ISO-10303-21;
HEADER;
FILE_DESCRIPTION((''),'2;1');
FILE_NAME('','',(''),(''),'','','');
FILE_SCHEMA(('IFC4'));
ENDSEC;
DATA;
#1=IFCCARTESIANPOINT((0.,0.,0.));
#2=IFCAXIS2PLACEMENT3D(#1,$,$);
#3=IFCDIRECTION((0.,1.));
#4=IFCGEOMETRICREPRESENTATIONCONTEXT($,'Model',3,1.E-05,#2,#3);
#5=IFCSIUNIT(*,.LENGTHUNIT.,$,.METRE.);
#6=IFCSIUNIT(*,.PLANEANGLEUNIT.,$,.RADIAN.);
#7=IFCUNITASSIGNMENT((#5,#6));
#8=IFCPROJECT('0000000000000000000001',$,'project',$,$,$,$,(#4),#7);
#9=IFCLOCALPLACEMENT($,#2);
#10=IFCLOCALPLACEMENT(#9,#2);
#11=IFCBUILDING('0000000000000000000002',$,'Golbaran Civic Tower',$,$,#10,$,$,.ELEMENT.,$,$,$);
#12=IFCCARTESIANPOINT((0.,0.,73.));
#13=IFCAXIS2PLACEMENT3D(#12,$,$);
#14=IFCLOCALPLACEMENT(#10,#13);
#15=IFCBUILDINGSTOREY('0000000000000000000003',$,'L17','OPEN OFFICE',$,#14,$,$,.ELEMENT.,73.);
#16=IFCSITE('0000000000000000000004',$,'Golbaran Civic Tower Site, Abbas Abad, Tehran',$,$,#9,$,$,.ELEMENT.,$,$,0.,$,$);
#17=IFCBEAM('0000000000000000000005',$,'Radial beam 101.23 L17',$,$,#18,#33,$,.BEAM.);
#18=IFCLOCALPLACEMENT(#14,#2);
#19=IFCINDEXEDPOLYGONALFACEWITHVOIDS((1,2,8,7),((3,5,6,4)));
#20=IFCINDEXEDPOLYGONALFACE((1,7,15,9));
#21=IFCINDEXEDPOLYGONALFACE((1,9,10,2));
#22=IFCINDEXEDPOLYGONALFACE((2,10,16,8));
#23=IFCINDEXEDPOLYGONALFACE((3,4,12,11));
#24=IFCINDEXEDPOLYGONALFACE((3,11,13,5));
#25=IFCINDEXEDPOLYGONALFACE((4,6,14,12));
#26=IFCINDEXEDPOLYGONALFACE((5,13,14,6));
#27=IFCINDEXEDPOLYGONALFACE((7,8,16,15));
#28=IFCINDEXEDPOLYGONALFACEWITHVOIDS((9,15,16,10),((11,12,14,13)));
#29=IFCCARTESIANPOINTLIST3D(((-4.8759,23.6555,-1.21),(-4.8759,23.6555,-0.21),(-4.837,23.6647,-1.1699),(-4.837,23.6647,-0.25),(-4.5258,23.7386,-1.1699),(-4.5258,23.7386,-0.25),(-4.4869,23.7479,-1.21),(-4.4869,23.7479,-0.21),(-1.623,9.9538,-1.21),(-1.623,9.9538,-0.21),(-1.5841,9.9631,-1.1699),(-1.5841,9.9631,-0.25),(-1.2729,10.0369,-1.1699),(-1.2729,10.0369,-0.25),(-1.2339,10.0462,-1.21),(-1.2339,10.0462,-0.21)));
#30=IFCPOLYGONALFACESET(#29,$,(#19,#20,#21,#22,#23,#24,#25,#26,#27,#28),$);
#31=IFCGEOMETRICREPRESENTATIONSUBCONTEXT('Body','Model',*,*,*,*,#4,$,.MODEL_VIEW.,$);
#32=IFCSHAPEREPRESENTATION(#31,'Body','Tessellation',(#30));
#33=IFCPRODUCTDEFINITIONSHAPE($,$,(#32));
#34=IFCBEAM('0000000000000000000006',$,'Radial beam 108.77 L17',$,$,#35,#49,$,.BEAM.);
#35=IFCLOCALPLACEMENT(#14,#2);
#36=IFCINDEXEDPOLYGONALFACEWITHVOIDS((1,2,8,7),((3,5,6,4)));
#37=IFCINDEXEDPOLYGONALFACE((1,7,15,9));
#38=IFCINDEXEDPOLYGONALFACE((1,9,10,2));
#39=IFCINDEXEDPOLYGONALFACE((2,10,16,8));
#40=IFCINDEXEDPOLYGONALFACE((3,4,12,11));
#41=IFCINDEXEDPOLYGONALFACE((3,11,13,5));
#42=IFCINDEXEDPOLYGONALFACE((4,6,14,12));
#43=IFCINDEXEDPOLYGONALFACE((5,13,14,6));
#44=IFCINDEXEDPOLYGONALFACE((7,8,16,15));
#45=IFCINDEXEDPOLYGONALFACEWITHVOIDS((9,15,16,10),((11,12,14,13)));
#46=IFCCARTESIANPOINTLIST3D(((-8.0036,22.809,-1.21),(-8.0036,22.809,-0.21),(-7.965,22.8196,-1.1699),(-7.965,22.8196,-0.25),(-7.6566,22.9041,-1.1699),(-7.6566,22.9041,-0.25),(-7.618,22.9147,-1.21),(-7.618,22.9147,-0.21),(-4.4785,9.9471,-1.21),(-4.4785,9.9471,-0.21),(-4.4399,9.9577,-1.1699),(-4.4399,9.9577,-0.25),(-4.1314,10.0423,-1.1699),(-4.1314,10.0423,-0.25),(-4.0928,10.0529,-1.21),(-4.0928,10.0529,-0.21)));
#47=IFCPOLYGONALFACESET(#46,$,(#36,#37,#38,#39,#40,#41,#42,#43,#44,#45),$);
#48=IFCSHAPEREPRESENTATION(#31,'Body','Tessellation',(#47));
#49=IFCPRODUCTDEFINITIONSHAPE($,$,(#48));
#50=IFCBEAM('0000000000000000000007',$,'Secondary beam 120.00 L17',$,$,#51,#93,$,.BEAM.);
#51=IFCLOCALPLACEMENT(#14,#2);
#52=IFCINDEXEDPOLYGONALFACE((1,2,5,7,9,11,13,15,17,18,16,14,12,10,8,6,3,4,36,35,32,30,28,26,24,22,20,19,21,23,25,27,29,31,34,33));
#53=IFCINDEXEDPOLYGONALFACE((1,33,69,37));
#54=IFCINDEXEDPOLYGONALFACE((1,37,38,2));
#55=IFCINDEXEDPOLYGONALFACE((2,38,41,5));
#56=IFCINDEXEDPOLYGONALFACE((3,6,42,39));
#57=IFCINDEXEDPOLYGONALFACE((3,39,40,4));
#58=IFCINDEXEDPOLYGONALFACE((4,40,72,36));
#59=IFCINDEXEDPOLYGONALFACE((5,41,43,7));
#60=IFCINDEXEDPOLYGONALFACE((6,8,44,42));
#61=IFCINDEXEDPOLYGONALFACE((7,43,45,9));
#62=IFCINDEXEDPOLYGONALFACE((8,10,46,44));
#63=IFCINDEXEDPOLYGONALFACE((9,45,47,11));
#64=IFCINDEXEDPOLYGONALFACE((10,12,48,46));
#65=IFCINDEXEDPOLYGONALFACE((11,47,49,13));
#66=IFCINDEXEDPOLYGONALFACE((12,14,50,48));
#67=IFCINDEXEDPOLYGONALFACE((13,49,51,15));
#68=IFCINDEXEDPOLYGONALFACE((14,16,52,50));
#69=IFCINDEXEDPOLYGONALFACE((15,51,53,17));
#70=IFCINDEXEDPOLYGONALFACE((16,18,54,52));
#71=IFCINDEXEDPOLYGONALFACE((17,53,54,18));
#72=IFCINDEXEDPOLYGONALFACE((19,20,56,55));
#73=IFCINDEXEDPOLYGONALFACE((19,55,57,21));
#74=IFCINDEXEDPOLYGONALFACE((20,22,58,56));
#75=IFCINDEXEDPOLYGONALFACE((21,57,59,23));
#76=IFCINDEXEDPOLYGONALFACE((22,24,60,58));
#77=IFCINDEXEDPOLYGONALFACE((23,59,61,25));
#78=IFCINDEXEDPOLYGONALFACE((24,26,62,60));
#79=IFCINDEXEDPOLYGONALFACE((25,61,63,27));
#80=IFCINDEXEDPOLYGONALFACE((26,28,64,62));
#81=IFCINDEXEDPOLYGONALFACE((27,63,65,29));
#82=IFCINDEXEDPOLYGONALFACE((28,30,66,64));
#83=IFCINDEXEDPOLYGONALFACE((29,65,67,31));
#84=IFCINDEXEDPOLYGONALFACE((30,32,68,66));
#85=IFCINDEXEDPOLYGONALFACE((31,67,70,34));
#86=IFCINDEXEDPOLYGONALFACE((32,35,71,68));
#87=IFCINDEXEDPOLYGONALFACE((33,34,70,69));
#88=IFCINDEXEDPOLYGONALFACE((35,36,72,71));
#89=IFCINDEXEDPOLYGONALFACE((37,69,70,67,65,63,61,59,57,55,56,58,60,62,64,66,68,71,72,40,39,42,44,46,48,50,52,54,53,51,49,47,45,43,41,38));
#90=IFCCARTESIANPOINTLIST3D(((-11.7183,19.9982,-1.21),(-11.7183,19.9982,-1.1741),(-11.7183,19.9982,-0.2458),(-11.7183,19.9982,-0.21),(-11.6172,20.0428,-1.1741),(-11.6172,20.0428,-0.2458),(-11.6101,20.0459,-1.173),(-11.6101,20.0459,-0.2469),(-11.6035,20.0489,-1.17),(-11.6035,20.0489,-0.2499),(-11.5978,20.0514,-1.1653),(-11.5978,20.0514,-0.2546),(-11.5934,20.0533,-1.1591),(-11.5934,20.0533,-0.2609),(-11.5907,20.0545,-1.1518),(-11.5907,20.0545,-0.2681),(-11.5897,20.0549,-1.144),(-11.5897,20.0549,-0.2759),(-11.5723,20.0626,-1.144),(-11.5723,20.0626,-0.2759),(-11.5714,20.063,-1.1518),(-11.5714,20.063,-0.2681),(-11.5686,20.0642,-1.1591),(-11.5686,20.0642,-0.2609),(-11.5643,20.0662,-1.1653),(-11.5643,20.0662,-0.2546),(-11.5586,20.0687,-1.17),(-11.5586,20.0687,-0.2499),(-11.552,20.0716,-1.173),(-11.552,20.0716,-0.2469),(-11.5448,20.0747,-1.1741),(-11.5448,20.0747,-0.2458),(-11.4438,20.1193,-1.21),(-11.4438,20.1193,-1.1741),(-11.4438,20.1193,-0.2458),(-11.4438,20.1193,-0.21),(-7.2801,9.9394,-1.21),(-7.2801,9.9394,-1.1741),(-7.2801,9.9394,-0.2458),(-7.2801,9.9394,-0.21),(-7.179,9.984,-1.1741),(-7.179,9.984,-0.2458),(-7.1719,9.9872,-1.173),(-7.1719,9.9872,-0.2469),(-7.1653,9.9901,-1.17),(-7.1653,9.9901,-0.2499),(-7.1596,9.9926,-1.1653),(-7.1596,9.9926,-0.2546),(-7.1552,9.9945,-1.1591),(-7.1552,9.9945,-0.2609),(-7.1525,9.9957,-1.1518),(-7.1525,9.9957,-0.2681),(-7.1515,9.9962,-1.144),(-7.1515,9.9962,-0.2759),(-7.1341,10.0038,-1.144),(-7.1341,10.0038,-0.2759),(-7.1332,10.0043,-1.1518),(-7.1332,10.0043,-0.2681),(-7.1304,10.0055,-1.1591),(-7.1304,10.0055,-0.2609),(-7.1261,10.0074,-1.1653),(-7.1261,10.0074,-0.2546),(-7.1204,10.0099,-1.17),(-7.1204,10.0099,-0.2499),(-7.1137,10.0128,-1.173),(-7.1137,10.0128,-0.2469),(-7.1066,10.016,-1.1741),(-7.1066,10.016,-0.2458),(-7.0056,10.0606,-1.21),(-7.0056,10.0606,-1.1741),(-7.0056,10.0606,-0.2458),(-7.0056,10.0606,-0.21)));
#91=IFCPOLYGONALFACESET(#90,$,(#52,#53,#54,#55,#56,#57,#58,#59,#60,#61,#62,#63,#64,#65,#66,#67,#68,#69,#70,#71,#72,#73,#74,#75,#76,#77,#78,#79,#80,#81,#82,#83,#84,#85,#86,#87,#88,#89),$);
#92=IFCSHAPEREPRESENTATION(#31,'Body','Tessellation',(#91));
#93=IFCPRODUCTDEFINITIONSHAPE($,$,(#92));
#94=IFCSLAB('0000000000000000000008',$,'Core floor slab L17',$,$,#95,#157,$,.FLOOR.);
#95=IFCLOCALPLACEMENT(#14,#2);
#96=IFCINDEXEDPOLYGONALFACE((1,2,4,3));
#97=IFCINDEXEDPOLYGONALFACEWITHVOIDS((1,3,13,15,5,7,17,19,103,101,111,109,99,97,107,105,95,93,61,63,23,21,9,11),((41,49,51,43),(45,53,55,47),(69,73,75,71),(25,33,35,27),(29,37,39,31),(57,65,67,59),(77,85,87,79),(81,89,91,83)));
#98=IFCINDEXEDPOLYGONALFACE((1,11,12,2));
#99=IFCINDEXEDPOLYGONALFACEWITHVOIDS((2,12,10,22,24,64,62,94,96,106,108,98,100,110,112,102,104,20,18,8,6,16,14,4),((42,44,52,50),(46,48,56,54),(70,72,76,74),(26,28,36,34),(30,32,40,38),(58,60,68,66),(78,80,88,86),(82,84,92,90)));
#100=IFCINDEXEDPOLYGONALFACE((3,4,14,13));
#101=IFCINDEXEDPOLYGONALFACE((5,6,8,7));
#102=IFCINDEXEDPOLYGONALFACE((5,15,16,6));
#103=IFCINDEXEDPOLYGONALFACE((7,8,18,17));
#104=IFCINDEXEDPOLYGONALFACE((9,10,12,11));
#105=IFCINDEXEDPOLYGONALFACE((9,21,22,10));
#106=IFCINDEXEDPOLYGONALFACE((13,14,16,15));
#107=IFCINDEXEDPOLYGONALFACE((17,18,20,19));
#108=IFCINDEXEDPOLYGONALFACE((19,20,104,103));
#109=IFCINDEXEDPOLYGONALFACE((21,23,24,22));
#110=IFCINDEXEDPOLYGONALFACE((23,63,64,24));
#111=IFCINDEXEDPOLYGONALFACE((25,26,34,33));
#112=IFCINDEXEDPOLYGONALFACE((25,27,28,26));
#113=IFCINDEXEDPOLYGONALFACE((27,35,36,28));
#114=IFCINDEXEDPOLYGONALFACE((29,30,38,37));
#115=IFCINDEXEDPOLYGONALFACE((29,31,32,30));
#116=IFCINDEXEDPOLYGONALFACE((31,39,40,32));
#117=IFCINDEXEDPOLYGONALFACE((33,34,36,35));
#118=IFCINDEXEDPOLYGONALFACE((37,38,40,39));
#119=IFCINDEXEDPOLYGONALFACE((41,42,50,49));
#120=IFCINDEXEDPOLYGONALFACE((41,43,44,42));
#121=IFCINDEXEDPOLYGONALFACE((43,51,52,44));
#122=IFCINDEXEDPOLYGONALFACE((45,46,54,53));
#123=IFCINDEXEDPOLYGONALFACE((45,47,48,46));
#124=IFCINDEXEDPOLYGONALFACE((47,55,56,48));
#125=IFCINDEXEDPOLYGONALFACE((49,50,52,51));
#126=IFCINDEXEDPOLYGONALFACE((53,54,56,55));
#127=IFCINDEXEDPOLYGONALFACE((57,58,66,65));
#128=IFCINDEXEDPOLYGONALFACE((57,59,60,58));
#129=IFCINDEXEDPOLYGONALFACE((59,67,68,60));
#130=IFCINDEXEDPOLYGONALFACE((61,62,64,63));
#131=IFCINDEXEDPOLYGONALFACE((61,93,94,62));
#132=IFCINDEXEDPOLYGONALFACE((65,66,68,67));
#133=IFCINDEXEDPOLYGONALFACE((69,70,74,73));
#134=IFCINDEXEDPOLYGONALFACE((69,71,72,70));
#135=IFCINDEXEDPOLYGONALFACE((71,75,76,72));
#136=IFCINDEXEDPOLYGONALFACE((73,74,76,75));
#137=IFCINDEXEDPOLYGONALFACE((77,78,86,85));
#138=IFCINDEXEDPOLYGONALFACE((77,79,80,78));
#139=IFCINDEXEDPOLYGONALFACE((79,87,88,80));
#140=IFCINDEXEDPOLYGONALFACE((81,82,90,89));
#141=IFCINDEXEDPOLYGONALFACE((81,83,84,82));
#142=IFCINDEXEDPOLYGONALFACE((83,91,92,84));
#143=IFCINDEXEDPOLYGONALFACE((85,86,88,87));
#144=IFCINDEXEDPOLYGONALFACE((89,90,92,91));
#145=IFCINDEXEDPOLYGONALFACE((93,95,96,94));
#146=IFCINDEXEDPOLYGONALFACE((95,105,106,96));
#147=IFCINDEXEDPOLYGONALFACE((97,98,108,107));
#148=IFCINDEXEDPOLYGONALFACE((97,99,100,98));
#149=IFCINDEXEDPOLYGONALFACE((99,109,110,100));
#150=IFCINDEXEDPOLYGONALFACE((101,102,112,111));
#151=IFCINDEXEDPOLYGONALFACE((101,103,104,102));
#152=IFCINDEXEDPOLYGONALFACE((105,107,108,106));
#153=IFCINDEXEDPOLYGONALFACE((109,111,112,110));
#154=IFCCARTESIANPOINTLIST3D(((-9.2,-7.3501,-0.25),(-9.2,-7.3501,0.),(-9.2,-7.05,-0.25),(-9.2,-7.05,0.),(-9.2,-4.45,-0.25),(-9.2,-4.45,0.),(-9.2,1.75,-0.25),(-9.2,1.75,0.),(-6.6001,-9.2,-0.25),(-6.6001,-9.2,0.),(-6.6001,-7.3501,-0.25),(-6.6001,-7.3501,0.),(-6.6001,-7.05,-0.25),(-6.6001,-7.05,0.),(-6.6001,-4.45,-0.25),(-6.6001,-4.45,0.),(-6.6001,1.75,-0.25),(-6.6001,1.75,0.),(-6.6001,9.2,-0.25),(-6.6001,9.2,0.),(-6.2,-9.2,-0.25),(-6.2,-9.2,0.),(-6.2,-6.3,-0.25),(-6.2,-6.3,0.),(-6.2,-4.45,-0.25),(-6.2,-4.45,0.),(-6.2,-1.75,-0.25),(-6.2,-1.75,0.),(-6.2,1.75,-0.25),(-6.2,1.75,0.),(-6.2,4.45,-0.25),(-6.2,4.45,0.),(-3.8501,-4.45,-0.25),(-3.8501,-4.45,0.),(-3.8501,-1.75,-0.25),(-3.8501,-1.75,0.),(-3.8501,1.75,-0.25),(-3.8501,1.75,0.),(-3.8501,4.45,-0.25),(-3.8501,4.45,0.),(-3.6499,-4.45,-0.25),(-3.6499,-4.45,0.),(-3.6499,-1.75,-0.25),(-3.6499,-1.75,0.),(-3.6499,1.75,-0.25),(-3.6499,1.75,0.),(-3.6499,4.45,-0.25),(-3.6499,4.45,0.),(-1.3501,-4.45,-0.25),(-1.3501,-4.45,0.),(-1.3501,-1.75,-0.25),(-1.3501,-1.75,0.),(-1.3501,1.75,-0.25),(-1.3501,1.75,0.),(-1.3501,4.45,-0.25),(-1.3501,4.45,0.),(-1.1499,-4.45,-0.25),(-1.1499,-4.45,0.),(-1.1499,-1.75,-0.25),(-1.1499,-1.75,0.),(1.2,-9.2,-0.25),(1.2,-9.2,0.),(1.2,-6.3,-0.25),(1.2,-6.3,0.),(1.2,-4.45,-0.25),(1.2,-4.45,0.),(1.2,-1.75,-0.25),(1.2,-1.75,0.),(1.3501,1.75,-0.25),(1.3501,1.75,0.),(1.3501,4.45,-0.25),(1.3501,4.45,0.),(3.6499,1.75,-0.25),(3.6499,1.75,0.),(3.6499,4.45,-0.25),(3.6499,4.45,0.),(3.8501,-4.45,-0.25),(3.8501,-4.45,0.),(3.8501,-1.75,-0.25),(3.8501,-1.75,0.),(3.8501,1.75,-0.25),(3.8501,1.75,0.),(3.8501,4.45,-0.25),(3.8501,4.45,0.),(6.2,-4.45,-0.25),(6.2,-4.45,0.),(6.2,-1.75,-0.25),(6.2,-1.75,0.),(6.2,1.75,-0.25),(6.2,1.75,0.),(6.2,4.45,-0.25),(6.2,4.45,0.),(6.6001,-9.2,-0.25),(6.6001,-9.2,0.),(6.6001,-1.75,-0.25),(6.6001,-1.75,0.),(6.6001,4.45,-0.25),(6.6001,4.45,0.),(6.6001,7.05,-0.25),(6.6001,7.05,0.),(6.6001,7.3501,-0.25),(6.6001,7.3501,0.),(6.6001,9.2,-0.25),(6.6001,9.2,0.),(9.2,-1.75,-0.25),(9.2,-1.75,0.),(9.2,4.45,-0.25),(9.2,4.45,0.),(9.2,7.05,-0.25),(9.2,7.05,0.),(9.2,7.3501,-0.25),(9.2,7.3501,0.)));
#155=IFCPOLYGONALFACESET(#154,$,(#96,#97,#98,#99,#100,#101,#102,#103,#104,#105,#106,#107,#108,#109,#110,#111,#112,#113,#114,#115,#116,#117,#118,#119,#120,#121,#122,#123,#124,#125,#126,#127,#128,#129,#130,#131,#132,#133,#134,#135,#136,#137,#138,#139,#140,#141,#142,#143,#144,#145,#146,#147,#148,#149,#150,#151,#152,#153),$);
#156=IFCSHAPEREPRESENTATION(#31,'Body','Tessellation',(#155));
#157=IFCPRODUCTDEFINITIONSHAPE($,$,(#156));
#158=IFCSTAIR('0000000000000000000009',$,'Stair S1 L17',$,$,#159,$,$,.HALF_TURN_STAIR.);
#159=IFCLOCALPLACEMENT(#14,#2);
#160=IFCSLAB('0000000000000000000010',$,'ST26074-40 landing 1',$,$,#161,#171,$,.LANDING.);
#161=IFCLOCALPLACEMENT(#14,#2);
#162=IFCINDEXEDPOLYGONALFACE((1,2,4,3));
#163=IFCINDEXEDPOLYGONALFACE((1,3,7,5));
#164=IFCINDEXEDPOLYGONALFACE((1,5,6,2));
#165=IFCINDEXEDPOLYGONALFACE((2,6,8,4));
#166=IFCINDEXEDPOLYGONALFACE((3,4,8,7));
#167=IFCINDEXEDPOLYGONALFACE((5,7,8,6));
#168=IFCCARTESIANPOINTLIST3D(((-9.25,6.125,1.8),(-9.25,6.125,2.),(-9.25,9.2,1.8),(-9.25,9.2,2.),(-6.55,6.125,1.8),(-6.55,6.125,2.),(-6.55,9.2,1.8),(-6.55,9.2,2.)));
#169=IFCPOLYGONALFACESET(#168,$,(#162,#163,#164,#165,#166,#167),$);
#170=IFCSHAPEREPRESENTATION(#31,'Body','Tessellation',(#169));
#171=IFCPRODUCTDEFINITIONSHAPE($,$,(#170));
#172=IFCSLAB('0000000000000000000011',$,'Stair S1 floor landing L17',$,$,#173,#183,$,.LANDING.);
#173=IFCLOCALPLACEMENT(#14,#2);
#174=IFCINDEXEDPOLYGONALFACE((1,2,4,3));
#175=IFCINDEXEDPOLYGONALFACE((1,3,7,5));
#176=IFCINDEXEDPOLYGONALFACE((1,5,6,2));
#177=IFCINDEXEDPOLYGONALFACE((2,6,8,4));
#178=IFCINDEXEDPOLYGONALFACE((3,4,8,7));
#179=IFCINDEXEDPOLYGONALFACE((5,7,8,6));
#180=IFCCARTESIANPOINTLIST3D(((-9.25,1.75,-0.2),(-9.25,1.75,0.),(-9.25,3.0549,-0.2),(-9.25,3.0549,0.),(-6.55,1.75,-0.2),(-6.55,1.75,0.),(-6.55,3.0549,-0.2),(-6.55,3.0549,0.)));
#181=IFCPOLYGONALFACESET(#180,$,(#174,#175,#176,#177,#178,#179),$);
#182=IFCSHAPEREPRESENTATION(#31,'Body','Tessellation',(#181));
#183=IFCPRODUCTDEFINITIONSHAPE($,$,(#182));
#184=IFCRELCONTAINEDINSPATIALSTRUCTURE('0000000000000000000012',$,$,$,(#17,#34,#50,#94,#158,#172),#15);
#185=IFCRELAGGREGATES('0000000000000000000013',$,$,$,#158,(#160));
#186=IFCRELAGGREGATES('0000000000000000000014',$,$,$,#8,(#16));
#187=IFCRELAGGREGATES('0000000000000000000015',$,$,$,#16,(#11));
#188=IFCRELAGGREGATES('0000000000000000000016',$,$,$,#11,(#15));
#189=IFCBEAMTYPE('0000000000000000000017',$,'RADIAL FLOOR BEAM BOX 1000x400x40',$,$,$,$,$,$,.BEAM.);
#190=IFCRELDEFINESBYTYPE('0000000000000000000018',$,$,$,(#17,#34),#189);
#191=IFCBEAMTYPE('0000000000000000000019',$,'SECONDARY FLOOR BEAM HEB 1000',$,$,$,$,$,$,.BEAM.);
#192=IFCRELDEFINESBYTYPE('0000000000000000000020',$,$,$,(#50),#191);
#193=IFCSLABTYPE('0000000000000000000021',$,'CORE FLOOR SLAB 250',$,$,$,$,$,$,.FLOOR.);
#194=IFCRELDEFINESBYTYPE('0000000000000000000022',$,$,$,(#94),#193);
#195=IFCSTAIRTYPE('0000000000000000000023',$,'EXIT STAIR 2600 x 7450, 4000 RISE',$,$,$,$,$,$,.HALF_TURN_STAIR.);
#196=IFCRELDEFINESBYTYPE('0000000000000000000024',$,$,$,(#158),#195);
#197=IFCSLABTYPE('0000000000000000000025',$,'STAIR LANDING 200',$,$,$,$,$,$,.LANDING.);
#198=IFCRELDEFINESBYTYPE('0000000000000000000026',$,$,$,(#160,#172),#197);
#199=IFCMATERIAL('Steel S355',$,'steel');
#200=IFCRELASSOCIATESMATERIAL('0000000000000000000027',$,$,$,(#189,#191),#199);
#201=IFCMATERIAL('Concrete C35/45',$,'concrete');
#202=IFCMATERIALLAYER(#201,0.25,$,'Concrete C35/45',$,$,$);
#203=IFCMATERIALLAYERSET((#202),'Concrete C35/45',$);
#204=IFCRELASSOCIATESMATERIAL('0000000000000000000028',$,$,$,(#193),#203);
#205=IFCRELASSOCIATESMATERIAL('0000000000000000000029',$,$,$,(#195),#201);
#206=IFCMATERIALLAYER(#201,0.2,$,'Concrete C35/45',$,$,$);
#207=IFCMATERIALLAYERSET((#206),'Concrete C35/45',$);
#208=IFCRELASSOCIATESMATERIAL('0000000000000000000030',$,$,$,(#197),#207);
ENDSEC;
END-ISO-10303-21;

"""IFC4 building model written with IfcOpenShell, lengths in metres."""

from ifc_helpers import new_model, si_unit, direction, frame, origin, origin_2d, place, context, subcontext, project, spatial, polyline, hollow_rectangle, i_section, outline, extrude, material, layer, layer_set, material_profile, profile_set, type_object, element, aggregate, save


model = new_model("IFC4")

# Units and contexts
model_context = context("Model", 3, precision=1e-05, world=origin(), true_north=direction((0.0, 1.0)))
body_context = subcontext(model_context, "Body", "Model", "MODEL_VIEW")
ifc_project = project(units=[si_unit("LENGTHUNIT", "METRE"), si_unit("PLANEANGLEUNIT", "RADIAN")], contexts=[model_context])

# Site, building, storey
site_placement = place(None, origin())
site = spatial("IfcSite", under=ifc_project, at=site_placement, Name="Golbaran Civic Tower Site, Abbas Abad, Tehran", CompositionType="ELEMENT", RefElevation=0.0)
building_placement = place(site_placement, origin())
building = spatial("IfcBuilding", under=site, at=building_placement, Name="Golbaran Civic Tower", CompositionType="ELEMENT")
storey_placement = place(building_placement, frame((0.0, 0.0, 73.0)))
storey = spatial("IfcBuildingStorey", under=building, at=storey_placement, Name="L17", Description="OPEN OFFICE", CompositionType="ELEMENT", Elevation=73.0)

# Beams
ifc_material_1 = material(Name="Steel S355", Category="steel")
ifc_material_profile_1 = material_profile(ifc_material_1, hollow_rectangle(XDim=0.3999, YDim=1.0, WallThickness=0.04, at=origin_2d()), Name="BOX 1000x400x40")
ifc_profile_set_1 = profile_set([ifc_material_profile_1], Name="Steel S355")
beam_type_1 = type_object("IfcBeamType", Name="RADIAL FLOOR BEAM BOX 1000x400x40", PredefinedType="BEAM", material=ifc_profile_set_1)
beam_1_placement = place(storey_placement, frame((-1.4285, 10.0, -0.71), z_axis=(-0.230991, 0.972956, 0.0), x_axis=(-0.972956, -0.230991, 0.0)))
element("IfcBeam", 1, at=beam_1_placement, inside=storey, type_object=beam_type_1, Name="Radial beam 101.23 L17", PredefinedType="BEAM", context=body_context, shape_type="SweptSolid", body=[
    extrude(hollow_rectangle(XDim=0.3999, YDim=1.0, WallThickness=0.04, at=origin_2d()), origin(), (0.0, 0.0, 1.0), 14.0825),
])
beam_2_placement = place(storey_placement, frame((-4.2856, 10.0, -0.71), z_axis=(-0.26433, 0.964432, 0.0), x_axis=(-0.964432, -0.26433, 0.0)))
element("IfcBeam", 2, at=beam_2_placement, inside=storey, type_object=beam_type_1, Name="Radial beam 108.77 L17", PredefinedType="BEAM", context=body_context, shape_type="SweptSolid", body=[
    extrude(hollow_rectangle(XDim=0.3999, YDim=1.0, WallThickness=0.04, at=origin_2d()), origin(), (0.0, 0.0, 1.0), 13.3362),
])
ifc_material_profile_2 = material_profile(ifc_material_1, i_section(OverallWidth=0.3, OverallDepth=1.0, WebThickness=0.019, FlangeThickness=0.0359, FilletRadius=0.03, at=origin_2d()), Name="HEB 1000")
ifc_profile_set_2 = profile_set([ifc_material_profile_2], Name="Steel S355")
beam_type_2 = type_object("IfcBeamType", Name="SECONDARY FLOOR BEAM HEB 1000", PredefinedType="BEAM", material=ifc_profile_set_2)
beam_3_placement = place(storey_placement, frame((-7.1428, 10.0, -0.71), z_axis=(-0.403679, 0.914901, 0.0), x_axis=(-0.914901, -0.403679, 0.0)))
element("IfcBeam", 3, at=beam_3_placement, inside=storey, type_object=beam_type_2, Name="Secondary beam 120.00 L17", PredefinedType="BEAM", context=body_context, shape_type="SweptSolid", body=[
    extrude(i_section(OverallWidth=0.3, OverallDepth=1.0, WebThickness=0.019, FlangeThickness=0.0359, FilletRadius=0.03, at=origin_2d()), origin(), (0.0, 0.0, 1.0), 10.9944),
])

# Slab
ifc_material_2 = material(Name="Concrete C35/45", Category="concrete")
ifc_layer_1 = layer(ifc_material_2, 0.25, Name="Concrete C35/45")
ifc_layer_set_1 = layer_set([ifc_layer_1], Name="Concrete C35/45")
slab_type_1 = type_object("IfcSlabType", Name="CORE FLOOR SLAB 250", PredefinedType="FLOOR", material=ifc_layer_set_1)
slab_1_placement = place(storey_placement, frame((0.0, 0.0, -0.25)))
element("IfcSlab", 4, at=slab_1_placement, inside=storey, type_object=slab_type_1, Name="Core floor slab L17", PredefinedType="FLOOR", context=body_context, shape_type="SweptSolid", body=[
    extrude(outline(polyline([(6.6001, -1.75), (6.6001, -9.2), (1.2, -9.2), (1.2, -6.3), (-6.2, -6.3), (-6.2, -9.2), (-6.6001, -9.2), (-6.6001, -7.3501), (-9.2, -7.3501), (-9.2, -7.05), (-6.6001, -7.05), (-6.6001, -4.45), (-9.2, -4.45), (-9.2, 1.75), (-6.6001, 1.75), (-6.6001, 9.2), (6.6001, 9.2), (6.6001, 7.3501), (9.2, 7.3501), (9.2, 7.05), (6.6001, 7.05), (6.6001, 4.45), (9.2, 4.45), (9.2, -1.75), (6.6001, -1.75)]), holes=[polyline([(6.2, -1.75), (3.8501, -1.75), (3.8501, -4.45), (6.2, -4.45), (6.2, -1.75)]), polyline([(6.2, 4.45), (3.8501, 4.45), (3.8501, 1.75), (6.2, 1.75), (6.2, 4.45)]), polyline([(3.6499, 4.45), (1.3501, 4.45), (1.3501, 1.75), (3.6499, 1.75), (3.6499, 4.45)]), polyline([(1.2, -1.75), (-1.1499, -1.75), (-1.1499, -4.45), (1.2, -4.45), (1.2, -1.75)]), polyline([(-1.3501, 4.45), (-3.6499, 4.45), (-3.6499, 1.75), (-1.3501, 1.75), (-1.3501, 4.45)]), polyline([(-1.3501, -1.75), (-3.6499, -1.75), (-3.6499, -4.45), (-1.3501, -4.45), (-1.3501, -1.75)]), polyline([(-3.8501, -1.75), (-6.2, -1.75), (-6.2, -4.45), (-3.8501, -4.45), (-3.8501, -1.75)]), polyline([(-3.8501, 4.45), (-6.2, 4.45), (-6.2, 1.75), (-3.8501, 1.75), (-3.8501, 4.45)])]), origin(), (0.0, 0.0, 1.0), 0.25),
])

# Stair, slab
stair_type = type_object("IfcStairType", Name="EXIT STAIR 2600 x 7450, 4000 RISE", PredefinedType="HALF_TURN_STAIR", material=ifc_material_2)
stair_1_placement = place(storey_placement, origin())
stair_1 = element("IfcStair", 5, at=stair_1_placement, inside=storey, type_object=stair_type, Name="Stair S1 L17", PredefinedType="HALF_TURN_STAIR")
ifc_layer_2 = layer(ifc_material_2, 0.2, Name="Concrete C35/45")
ifc_layer_set_2 = layer_set([ifc_layer_2], Name="Concrete C35/45")
slab_type_2 = type_object("IfcSlabType", Name="STAIR LANDING 200", PredefinedType="LANDING", material=ifc_layer_set_2)
slab_2_placement = place(storey_placement, frame((0.0, 0.0, 1.8)))
slab_2 = element("IfcSlab", 6, at=slab_2_placement, type_object=slab_type_2, Name="ST26074-40 landing 1", PredefinedType="LANDING", context=body_context, shape_type="SweptSolid", body=[
    extrude(outline(polyline([(-9.25, 6.125), (-9.25, 9.2), (-6.55, 9.2), (-6.55, 6.125), (-9.25, 6.125)])), origin(), (0.0, 0.0, 1.0), 0.2),
])

# Slab
slab_3_placement = place(storey_placement, frame((0.0, 0.0, -0.2)))
element("IfcSlab", 7, at=slab_3_placement, inside=storey, type_object=slab_type_2, Name="Stair S1 floor landing L17", PredefinedType="LANDING", context=body_context, shape_type="SweptSolid", body=[
    extrude(outline(polyline([(-9.25, 1.75), (-9.25, 3.0549), (-6.55, 3.0549), (-6.55, 1.75), (-9.25, 1.75)])), origin(), (0.0, 0.0, 1.0), 0.2),
])

aggregate(stair_1, [slab_2])

save(model, "model.ifc")
